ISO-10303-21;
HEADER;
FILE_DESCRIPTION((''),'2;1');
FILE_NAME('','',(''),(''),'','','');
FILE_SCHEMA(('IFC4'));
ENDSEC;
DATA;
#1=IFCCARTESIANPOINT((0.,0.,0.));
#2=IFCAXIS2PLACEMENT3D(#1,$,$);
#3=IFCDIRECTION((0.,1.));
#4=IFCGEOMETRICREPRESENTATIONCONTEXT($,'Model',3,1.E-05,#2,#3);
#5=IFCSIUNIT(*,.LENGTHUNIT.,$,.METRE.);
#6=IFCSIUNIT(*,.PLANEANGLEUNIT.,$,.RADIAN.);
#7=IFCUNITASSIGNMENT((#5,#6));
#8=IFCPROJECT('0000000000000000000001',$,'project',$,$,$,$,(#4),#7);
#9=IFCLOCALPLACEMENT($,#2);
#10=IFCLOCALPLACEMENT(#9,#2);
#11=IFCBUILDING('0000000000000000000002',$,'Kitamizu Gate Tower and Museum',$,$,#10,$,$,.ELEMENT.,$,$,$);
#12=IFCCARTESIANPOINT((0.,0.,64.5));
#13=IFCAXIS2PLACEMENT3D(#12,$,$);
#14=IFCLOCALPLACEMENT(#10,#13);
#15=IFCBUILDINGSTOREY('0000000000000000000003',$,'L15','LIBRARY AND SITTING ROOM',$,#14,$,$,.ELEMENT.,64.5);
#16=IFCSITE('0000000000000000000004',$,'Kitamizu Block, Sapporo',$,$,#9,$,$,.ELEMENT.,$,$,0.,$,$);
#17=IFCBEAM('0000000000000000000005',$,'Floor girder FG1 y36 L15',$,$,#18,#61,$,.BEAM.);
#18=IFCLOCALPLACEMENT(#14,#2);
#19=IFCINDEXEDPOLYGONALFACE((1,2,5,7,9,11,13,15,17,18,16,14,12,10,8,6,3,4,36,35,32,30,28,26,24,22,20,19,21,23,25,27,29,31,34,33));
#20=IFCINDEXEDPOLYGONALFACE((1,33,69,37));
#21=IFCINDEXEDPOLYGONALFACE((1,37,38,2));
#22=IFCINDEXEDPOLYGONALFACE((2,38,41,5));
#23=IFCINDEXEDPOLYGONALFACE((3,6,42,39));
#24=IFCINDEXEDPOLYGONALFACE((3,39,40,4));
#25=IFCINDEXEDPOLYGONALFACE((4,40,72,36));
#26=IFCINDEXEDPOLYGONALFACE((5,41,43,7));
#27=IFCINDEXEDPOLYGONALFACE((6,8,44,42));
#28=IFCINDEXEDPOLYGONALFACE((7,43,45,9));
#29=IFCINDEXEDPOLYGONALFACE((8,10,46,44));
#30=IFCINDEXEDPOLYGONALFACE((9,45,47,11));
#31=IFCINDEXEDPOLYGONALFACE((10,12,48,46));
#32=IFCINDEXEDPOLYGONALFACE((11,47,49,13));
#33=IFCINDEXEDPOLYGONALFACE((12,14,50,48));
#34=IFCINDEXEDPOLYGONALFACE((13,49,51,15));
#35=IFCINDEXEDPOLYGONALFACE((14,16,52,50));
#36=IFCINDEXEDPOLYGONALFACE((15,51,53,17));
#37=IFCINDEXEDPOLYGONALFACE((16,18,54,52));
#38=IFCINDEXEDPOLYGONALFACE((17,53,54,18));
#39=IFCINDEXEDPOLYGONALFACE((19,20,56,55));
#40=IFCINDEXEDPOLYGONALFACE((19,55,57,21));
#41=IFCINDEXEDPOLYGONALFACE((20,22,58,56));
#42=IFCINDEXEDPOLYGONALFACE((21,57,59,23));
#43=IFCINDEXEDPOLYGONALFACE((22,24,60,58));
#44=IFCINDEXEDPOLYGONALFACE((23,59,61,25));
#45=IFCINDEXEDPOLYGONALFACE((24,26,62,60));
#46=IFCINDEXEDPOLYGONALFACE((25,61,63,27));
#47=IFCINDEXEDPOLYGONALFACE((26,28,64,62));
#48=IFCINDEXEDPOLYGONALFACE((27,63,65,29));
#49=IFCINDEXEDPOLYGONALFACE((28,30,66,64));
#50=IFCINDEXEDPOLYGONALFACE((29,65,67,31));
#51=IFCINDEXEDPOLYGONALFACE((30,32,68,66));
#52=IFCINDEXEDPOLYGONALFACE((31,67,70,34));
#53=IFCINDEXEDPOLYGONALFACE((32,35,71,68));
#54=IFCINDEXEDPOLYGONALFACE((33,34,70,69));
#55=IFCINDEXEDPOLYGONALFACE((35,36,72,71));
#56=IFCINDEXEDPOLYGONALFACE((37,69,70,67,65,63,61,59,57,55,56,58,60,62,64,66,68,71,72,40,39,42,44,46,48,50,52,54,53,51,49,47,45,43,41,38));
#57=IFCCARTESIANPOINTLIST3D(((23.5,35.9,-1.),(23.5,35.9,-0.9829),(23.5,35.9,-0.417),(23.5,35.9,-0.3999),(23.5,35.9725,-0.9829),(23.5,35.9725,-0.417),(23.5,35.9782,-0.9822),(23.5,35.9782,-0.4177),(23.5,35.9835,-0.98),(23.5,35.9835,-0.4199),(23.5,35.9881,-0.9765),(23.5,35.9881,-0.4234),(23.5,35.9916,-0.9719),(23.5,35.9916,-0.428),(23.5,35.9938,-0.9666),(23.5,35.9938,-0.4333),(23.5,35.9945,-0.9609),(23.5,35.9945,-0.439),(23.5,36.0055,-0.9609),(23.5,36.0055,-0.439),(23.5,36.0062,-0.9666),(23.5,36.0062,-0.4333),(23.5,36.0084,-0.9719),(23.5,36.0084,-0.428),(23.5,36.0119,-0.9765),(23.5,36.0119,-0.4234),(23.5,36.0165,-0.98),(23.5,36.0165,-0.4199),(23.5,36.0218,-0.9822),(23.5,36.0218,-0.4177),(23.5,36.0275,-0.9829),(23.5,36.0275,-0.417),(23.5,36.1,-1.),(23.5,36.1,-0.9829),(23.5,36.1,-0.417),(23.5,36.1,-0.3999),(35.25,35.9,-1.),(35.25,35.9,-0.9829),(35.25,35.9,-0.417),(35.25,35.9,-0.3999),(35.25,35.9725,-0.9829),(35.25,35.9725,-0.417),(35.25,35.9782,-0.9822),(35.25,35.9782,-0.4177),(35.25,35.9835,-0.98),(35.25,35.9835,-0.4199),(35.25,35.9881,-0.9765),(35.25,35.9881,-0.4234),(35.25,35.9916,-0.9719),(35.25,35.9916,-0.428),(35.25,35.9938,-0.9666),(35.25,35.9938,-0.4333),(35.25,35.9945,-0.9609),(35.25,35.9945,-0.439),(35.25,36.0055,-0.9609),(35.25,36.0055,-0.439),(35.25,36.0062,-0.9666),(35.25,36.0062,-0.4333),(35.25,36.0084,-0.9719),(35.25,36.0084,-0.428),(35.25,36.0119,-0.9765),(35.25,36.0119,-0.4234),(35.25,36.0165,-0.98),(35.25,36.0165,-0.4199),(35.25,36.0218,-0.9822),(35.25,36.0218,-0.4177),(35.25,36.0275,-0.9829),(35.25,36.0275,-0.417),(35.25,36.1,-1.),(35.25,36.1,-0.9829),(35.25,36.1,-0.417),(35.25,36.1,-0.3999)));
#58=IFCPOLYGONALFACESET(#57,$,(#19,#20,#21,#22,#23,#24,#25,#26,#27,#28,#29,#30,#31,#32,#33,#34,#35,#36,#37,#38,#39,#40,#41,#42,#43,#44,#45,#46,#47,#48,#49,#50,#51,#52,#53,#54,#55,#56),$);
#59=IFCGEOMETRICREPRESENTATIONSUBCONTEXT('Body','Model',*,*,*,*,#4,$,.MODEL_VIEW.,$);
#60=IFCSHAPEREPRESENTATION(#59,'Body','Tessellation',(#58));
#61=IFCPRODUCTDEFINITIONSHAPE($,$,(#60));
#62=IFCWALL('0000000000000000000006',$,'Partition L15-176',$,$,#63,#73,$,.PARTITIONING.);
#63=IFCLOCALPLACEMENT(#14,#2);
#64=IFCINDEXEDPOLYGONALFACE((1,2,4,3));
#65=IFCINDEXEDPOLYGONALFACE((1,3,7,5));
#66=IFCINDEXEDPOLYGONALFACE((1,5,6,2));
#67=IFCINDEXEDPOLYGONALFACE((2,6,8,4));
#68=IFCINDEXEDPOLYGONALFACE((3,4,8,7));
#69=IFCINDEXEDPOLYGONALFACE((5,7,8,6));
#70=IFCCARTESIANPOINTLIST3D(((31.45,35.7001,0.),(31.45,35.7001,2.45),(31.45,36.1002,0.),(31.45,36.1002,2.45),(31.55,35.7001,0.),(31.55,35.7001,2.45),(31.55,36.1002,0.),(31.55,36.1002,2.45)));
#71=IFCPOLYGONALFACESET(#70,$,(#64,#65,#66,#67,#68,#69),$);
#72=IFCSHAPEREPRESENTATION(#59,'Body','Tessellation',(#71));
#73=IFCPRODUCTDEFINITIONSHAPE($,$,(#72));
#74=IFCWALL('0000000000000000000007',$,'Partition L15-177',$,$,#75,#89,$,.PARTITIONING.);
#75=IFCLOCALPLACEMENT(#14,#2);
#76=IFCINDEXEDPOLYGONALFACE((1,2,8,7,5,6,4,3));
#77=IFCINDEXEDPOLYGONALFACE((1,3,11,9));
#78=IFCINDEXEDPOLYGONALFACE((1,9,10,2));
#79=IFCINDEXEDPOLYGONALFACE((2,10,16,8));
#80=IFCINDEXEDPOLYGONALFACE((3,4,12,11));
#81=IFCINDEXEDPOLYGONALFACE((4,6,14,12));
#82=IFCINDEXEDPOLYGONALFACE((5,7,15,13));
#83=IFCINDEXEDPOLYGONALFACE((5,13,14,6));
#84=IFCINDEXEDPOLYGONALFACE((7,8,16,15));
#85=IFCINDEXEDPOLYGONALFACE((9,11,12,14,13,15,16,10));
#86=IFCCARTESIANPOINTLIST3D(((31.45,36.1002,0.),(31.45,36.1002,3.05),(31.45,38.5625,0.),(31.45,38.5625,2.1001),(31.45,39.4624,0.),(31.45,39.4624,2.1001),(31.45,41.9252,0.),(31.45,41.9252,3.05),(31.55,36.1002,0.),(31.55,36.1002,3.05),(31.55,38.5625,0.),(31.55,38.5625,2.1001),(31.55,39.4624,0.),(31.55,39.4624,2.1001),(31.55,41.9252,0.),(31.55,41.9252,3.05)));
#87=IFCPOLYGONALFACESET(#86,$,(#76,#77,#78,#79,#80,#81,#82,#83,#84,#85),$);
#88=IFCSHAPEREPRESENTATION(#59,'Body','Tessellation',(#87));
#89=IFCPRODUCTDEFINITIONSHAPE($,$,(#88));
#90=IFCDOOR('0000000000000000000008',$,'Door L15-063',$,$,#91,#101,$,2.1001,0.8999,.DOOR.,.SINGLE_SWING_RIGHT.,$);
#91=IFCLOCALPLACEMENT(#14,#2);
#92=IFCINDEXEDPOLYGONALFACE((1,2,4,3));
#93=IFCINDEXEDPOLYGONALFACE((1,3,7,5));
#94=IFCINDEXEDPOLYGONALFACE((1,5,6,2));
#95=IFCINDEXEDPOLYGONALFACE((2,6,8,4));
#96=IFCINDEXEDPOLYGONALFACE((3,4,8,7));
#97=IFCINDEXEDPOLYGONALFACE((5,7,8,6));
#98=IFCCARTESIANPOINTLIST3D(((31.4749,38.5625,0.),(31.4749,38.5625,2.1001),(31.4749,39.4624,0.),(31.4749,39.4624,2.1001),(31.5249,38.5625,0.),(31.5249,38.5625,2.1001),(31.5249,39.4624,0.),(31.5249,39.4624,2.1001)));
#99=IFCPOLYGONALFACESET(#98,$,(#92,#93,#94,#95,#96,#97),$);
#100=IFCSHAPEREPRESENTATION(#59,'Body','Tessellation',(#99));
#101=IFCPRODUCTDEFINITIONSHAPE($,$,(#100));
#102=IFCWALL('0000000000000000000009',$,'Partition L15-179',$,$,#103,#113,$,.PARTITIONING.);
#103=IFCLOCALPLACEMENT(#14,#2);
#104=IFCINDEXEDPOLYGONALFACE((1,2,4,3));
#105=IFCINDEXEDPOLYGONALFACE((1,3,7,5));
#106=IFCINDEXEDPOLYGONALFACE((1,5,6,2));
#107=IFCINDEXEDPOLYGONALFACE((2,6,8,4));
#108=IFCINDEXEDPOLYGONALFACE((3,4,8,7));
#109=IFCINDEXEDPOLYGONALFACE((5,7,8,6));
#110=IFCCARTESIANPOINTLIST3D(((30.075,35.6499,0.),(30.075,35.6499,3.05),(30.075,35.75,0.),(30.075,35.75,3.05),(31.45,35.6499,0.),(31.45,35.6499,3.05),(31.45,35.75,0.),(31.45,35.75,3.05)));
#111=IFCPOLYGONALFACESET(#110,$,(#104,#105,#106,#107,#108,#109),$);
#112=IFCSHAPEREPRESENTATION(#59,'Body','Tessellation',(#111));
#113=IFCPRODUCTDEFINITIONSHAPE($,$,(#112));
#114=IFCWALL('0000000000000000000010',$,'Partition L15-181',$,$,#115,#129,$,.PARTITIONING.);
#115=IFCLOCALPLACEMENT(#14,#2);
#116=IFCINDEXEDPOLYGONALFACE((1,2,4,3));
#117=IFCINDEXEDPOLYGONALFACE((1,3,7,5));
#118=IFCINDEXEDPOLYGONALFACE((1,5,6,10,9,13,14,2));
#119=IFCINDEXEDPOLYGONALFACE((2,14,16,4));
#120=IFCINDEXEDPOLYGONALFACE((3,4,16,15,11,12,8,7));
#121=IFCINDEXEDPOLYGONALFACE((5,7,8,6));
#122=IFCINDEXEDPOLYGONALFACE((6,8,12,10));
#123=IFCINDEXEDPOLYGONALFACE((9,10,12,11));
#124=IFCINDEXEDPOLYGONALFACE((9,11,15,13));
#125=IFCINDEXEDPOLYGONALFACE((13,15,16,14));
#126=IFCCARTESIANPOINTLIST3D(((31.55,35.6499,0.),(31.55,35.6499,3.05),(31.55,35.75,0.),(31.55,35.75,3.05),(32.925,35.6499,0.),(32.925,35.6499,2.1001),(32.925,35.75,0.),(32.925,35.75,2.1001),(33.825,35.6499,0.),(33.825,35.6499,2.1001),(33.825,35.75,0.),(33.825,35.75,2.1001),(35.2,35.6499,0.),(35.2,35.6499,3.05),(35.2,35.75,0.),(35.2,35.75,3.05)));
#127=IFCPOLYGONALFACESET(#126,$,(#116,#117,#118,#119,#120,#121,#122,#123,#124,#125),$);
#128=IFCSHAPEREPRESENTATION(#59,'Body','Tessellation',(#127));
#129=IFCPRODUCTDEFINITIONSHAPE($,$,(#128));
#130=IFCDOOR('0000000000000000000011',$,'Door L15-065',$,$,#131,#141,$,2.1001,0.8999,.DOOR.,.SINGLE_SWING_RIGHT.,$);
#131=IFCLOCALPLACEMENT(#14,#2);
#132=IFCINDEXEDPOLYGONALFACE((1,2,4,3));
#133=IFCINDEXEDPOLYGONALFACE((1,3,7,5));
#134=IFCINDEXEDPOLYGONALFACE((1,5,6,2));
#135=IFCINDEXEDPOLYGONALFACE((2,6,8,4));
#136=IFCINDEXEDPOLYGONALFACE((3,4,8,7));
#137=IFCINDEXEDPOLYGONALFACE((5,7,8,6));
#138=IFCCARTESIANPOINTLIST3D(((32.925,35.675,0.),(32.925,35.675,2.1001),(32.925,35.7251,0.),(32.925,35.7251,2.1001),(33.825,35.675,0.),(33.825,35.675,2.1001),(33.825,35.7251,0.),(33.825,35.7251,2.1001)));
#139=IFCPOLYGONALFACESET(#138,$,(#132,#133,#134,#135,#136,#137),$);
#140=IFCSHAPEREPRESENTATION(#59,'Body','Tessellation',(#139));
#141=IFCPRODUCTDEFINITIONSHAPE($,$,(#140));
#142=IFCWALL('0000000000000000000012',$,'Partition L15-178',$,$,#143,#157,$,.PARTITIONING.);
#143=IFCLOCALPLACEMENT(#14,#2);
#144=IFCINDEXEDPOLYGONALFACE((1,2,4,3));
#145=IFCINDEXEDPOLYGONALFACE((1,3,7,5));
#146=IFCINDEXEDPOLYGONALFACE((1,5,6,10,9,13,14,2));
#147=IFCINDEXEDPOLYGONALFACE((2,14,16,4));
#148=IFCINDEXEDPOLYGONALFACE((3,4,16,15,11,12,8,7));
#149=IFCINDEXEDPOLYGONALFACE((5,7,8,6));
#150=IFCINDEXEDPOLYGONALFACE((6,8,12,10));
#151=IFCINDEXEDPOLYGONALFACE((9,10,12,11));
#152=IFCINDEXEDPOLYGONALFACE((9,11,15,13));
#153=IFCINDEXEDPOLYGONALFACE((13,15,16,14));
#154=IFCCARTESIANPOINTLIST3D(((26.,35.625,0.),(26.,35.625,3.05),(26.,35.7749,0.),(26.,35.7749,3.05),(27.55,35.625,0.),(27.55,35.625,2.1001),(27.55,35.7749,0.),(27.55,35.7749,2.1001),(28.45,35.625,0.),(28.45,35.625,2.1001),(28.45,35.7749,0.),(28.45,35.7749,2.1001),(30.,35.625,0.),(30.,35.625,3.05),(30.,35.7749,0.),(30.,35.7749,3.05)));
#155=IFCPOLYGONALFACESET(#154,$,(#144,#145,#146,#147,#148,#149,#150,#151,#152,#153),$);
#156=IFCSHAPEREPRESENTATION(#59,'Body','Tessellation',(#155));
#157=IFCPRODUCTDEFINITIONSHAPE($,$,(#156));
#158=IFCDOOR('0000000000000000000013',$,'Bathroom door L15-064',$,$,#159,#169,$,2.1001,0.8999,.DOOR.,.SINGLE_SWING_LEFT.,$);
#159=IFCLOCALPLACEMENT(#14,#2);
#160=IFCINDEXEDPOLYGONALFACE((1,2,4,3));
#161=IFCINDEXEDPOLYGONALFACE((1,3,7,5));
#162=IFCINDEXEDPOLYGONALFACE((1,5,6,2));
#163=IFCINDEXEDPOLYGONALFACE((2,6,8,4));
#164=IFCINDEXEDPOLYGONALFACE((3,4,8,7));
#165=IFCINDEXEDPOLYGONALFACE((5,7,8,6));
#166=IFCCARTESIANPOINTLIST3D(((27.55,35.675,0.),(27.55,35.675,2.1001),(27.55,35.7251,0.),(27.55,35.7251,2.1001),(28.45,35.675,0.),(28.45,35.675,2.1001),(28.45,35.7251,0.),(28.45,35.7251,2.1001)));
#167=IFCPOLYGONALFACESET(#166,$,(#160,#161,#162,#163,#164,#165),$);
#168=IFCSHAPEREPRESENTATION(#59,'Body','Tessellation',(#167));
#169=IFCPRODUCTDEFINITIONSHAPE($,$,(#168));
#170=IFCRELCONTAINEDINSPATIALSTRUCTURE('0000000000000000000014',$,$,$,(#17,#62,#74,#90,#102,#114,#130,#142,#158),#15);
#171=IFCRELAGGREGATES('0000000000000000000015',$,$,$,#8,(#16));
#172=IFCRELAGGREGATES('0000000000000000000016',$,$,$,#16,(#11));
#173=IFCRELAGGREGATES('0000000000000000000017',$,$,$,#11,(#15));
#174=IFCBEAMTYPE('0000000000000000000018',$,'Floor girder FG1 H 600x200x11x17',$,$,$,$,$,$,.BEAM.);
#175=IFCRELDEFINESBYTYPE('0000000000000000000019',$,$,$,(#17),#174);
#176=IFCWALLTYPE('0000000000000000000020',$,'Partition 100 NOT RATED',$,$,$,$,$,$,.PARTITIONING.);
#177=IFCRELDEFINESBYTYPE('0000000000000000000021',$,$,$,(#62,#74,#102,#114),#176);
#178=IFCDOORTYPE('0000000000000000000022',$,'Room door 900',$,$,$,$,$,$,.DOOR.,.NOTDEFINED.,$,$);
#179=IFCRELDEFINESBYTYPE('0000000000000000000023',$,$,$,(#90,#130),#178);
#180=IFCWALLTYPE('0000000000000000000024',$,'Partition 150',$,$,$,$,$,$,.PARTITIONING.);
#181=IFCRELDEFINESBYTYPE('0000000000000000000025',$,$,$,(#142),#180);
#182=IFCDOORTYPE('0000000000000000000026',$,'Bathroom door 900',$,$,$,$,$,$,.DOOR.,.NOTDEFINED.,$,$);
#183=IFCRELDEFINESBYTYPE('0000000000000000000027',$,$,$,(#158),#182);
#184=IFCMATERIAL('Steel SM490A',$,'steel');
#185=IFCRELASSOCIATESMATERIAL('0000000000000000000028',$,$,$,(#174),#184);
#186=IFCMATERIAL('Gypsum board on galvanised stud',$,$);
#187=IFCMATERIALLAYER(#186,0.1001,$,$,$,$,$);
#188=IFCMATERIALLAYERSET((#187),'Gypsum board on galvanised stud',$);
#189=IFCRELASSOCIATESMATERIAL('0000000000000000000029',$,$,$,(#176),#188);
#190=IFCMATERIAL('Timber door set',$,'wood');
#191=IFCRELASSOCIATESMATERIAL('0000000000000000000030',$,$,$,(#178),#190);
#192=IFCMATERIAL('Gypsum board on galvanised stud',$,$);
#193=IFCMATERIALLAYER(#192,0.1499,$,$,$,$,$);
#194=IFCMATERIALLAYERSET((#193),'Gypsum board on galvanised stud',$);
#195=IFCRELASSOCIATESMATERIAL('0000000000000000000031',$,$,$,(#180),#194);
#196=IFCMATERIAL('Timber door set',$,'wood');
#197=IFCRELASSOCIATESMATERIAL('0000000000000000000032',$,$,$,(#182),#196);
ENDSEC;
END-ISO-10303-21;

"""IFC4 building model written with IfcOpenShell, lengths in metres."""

from ifc_helpers import new_model, si_unit, direction, frame, frame_2d, origin, origin_2d, place, context, subcontext, project, spatial, rectangle, i_section, extrude, material, layer, layer_set, material_profile, profile_set, type_object, element, fill, save


model = new_model("IFC4")

# Units and contexts
model_context = context("Model", 3, precision=1e-05, world=origin(), true_north=direction((0.0, 1.0)))
body_context = subcontext(model_context, "Body", "Model", "MODEL_VIEW")
ifc_project = project(units=[si_unit("LENGTHUNIT", "METRE"), si_unit("PLANEANGLEUNIT", "RADIAN")], contexts=[model_context])

# Site, building, storey
site_placement = place(None, origin())
site = spatial("IfcSite", under=ifc_project, at=site_placement, Name="Kitamizu Block, Sapporo", CompositionType="ELEMENT", RefElevation=0.0)
building_placement = place(site_placement, origin())
building = spatial("IfcBuilding", under=site, at=building_placement, Name="Kitamizu Gate Tower and Museum", CompositionType="ELEMENT")
storey_placement = place(building_placement, frame((0.0, 0.0, 64.5)))
storey = spatial("IfcBuildingStorey", under=building, at=storey_placement, Name="L15", Description="LIBRARY AND SITTING ROOM", CompositionType="ELEMENT", Elevation=64.5)

# Beam
ifc_material_1 = material(Name="Steel SM490A", Category="steel")
ifc_material_profile = material_profile(ifc_material_1, i_section(OverallWidth=0.2, OverallDepth=0.6001, WebThickness=0.011, FlangeThickness=0.0171, FilletRadius=0.022, at=origin_2d()), Name="H-600x200x11x17")
ifc_profile_set = profile_set([ifc_material_profile], Name="Steel SM490A")
beam_type = type_object("IfcBeamType", Name="Floor girder FG1 H 600x200x11x17", PredefinedType="BEAM", material=ifc_profile_set)
beam_placement = place(storey_placement, frame((23.5, 36.0, -0.7), z_axis=(1.0, 0.0, 0.0), x_axis=(0.0, 1.0, 0.0)))
element("IfcBeam", 1, at=beam_placement, inside=storey, type_object=beam_type, Name="Floor girder FG1 y36 L15", PredefinedType="BEAM", context=body_context, shape_type="SweptSolid", body=[
    extrude(i_section(OverallWidth=0.2, OverallDepth=0.6001, WebThickness=0.011, FlangeThickness=0.0171, FilletRadius=0.022, at=origin_2d()), origin(), (0.0, 0.0, 1.0), 11.75),
])

# Wall
ifc_material_2 = material(Name="Gypsum board on galvanised stud")
ifc_layer_1 = layer(ifc_material_2, 0.1001)
ifc_layer_set_1 = layer_set([ifc_layer_1], Name="Gypsum board on galvanised stud")
wall_type_1 = type_object("IfcWallType", Name="Partition 100 NOT RATED", PredefinedType="PARTITIONING", material=ifc_layer_set_1)
wall_1_placement = place(storey_placement, frame((31.5, 35.7, 0.0), z_axis=(0.0, 0.0, 1.0), x_axis=(0.0, 1.0, 0.0)))
element("IfcWall", 2, at=wall_1_placement, inside=storey, type_object=wall_type_1, Name="Partition L15-176", PredefinedType="PARTITIONING", context=body_context, shape_type="SweptSolid", body=[
    extrude(rectangle(XDim=0.4001, YDim=0.1001, at=frame_2d((0.2002, 0.0))), origin(), (0.0, 0.0, 1.0), 2.45),
])

# Wall, opening, door
wall_2_placement = place(storey_placement, frame((31.5, 36.1001, 0.0), z_axis=(0.0, 0.0, 1.0), x_axis=(0.0, 1.0, 0.0)))
wall_2 = element("IfcWall", 3, at=wall_2_placement, inside=storey, type_object=wall_type_1, Name="Partition L15-177", PredefinedType="PARTITIONING", context=body_context, shape_type="SweptSolid", body=[
    extrude(rectangle(XDim=5.825, YDim=0.1001, at=frame_2d((2.9126, 0.0))), origin(), (0.0, 0.0, 1.0), 3.05),
])
opening_1_placement = place(wall_2_placement, frame((2.4624, 0.0, 0.0)))
opening_1 = element("IfcOpeningElement", 4, at=opening_1_placement, cuts=wall_2, PredefinedType="OPENING", context=body_context, shape_type="SweptSolid", body=[
    extrude(rectangle(XDim=0.8999, YDim=2.1001, at=frame_2d((0.45, 1.05))), frame((0.0, 0.0601, 0.0), z_axis=(0.0, -1.0, 0.0), x_axis=(1.0, 0.0, 0.0)), (0.0, 0.0, 1.0), 0.1201),
])
ifc_material_3 = material(Name="Timber door set", Category="wood")
door_type_1 = type_object("IfcDoorType", Name="Room door 900", OperationType="NOTDEFINED", PredefinedType="DOOR", material=ifc_material_3)
door_1_placement = place(opening_1_placement, frame((0.8999, 0.0, 0.0), x_axis=(-1.0, 0.0, 0.0)))
door_1 = element("IfcDoor", 5, at=door_1_placement, inside=storey, type_object=door_type_1, Name="Door L15-063", OperationType="SINGLE_SWING_RIGHT", OverallHeight=2.1001, OverallWidth=0.8999, PredefinedType="DOOR", context=body_context, shape_type="SweptSolid", body=[
    extrude(rectangle(XDim=0.8999, YDim=2.1001, at=frame_2d((0.45, 1.05))), frame((0.0, 0.0249, 0.0), z_axis=(0.0, -1.0, 0.0), x_axis=(1.0, 0.0, 0.0)), (0.0, 0.0, 1.0), 0.05),
])
fill(opening_1, door_1)

# Wall
wall_3_placement = place(storey_placement, frame((30.075, 35.7, 0.0), z_axis=(0.0, 0.0, 1.0), x_axis=(1.0, 0.0, 0.0)))
element("IfcWall", 6, at=wall_3_placement, inside=storey, type_object=wall_type_1, Name="Partition L15-179", PredefinedType="PARTITIONING", context=body_context, shape_type="SweptSolid", body=[
    extrude(rectangle(XDim=1.375, YDim=0.1001, at=frame_2d((0.6875, 0.0))), origin(), (0.0, 0.0, 1.0), 3.05),
])

# Walls, openings, doors
wall_4_placement = place(storey_placement, frame((31.55, 35.7, 0.0), z_axis=(0.0, 0.0, 1.0), x_axis=(1.0, 0.0, 0.0)))
wall_4 = element("IfcWall", 7, at=wall_4_placement, inside=storey, type_object=wall_type_1, Name="Partition L15-181", PredefinedType="PARTITIONING", context=body_context, shape_type="SweptSolid", body=[
    extrude(rectangle(XDim=3.6499, YDim=0.1001, at=frame_2d((1.825, 0.0))), origin(), (0.0, 0.0, 1.0), 3.05),
])
opening_2_placement = place(wall_4_placement, frame((1.375, 0.0, 0.0)))
opening_2 = element("IfcOpeningElement", 8, at=opening_2_placement, cuts=wall_4, PredefinedType="OPENING", context=body_context, shape_type="SweptSolid", body=[
    extrude(rectangle(XDim=0.8999, YDim=2.1001, at=frame_2d((0.45, 1.05))), frame((0.0, 0.0601, 0.0), z_axis=(0.0, -1.0, 0.0), x_axis=(1.0, 0.0, 0.0)), (0.0, 0.0, 1.0), 0.1201),
])
door_2_placement = place(opening_2_placement, frame((0.8999, 0.0, 0.0), x_axis=(-1.0, 0.0, 0.0)))
door_2 = element("IfcDoor", 9, at=door_2_placement, inside=storey, type_object=door_type_1, Name="Door L15-065", OperationType="SINGLE_SWING_RIGHT", OverallHeight=2.1001, OverallWidth=0.8999, PredefinedType="DOOR", context=body_context, shape_type="SweptSolid", body=[
    extrude(rectangle(XDim=0.8999, YDim=2.1001, at=frame_2d((0.45, 1.05))), frame((0.0, 0.0249, 0.0), z_axis=(0.0, -1.0, 0.0), x_axis=(1.0, 0.0, 0.0)), (0.0, 0.0, 1.0), 0.05),
])
fill(opening_2, door_2)
ifc_material_4 = material(Name="Gypsum board on galvanised stud")
ifc_layer_2 = layer(ifc_material_4, 0.1499)
ifc_layer_set_2 = layer_set([ifc_layer_2], Name="Gypsum board on galvanised stud")
wall_type_2 = type_object("IfcWallType", Name="Partition 150", PredefinedType="PARTITIONING", material=ifc_layer_set_2)
wall_5_placement = place(storey_placement, frame((26.0, 35.7, 0.0), z_axis=(0.0, 0.0, 1.0), x_axis=(1.0, 0.0, 0.0)))
wall_5 = element("IfcWall", 10, at=wall_5_placement, inside=storey, type_object=wall_type_2, Name="Partition L15-178", PredefinedType="PARTITIONING", context=body_context, shape_type="SweptSolid", body=[
    extrude(rectangle(XDim=4.0, YDim=0.1499, at=frame_2d((2.0, 0.0))), origin(), (0.0, 0.0, 1.0), 3.05),
])
opening_3_placement = place(wall_5_placement, frame((1.55, 0.0, 0.0)))
opening_3 = element("IfcOpeningElement", 11, at=opening_3_placement, cuts=wall_5, PredefinedType="OPENING", context=body_context, shape_type="SweptSolid", body=[
    extrude(rectangle(XDim=0.8999, YDim=2.1001, at=frame_2d((0.45, 1.05))), frame((0.0, 0.085, 0.0), z_axis=(0.0, -1.0, 0.0), x_axis=(1.0, 0.0, 0.0)), (0.0, 0.0, 1.0), 0.1699),
])
ifc_material_5 = material(Name="Timber door set", Category="wood")
door_type_2 = type_object("IfcDoorType", Name="Bathroom door 900", OperationType="NOTDEFINED", PredefinedType="DOOR", material=ifc_material_5)
door_3_placement = place(opening_3_placement, frame((0.8999, 0.0, 0.0), x_axis=(-1.0, 0.0, 0.0)))
door_3 = element("IfcDoor", 12, at=door_3_placement, inside=storey, type_object=door_type_2, Name="Bathroom door L15-064", OperationType="SINGLE_SWING_LEFT", OverallHeight=2.1001, OverallWidth=0.8999, PredefinedType="DOOR", context=body_context, shape_type="SweptSolid", body=[
    extrude(rectangle(XDim=0.8999, YDim=2.1001, at=frame_2d((0.45, 1.05))), frame((0.0, 0.0249, 0.0), z_axis=(0.0, -1.0, 0.0), x_axis=(1.0, 0.0, 0.0)), (0.0, 0.0, 1.0), 0.05),
])
fill(opening_3, door_3)

save(model, "model.ifc")
